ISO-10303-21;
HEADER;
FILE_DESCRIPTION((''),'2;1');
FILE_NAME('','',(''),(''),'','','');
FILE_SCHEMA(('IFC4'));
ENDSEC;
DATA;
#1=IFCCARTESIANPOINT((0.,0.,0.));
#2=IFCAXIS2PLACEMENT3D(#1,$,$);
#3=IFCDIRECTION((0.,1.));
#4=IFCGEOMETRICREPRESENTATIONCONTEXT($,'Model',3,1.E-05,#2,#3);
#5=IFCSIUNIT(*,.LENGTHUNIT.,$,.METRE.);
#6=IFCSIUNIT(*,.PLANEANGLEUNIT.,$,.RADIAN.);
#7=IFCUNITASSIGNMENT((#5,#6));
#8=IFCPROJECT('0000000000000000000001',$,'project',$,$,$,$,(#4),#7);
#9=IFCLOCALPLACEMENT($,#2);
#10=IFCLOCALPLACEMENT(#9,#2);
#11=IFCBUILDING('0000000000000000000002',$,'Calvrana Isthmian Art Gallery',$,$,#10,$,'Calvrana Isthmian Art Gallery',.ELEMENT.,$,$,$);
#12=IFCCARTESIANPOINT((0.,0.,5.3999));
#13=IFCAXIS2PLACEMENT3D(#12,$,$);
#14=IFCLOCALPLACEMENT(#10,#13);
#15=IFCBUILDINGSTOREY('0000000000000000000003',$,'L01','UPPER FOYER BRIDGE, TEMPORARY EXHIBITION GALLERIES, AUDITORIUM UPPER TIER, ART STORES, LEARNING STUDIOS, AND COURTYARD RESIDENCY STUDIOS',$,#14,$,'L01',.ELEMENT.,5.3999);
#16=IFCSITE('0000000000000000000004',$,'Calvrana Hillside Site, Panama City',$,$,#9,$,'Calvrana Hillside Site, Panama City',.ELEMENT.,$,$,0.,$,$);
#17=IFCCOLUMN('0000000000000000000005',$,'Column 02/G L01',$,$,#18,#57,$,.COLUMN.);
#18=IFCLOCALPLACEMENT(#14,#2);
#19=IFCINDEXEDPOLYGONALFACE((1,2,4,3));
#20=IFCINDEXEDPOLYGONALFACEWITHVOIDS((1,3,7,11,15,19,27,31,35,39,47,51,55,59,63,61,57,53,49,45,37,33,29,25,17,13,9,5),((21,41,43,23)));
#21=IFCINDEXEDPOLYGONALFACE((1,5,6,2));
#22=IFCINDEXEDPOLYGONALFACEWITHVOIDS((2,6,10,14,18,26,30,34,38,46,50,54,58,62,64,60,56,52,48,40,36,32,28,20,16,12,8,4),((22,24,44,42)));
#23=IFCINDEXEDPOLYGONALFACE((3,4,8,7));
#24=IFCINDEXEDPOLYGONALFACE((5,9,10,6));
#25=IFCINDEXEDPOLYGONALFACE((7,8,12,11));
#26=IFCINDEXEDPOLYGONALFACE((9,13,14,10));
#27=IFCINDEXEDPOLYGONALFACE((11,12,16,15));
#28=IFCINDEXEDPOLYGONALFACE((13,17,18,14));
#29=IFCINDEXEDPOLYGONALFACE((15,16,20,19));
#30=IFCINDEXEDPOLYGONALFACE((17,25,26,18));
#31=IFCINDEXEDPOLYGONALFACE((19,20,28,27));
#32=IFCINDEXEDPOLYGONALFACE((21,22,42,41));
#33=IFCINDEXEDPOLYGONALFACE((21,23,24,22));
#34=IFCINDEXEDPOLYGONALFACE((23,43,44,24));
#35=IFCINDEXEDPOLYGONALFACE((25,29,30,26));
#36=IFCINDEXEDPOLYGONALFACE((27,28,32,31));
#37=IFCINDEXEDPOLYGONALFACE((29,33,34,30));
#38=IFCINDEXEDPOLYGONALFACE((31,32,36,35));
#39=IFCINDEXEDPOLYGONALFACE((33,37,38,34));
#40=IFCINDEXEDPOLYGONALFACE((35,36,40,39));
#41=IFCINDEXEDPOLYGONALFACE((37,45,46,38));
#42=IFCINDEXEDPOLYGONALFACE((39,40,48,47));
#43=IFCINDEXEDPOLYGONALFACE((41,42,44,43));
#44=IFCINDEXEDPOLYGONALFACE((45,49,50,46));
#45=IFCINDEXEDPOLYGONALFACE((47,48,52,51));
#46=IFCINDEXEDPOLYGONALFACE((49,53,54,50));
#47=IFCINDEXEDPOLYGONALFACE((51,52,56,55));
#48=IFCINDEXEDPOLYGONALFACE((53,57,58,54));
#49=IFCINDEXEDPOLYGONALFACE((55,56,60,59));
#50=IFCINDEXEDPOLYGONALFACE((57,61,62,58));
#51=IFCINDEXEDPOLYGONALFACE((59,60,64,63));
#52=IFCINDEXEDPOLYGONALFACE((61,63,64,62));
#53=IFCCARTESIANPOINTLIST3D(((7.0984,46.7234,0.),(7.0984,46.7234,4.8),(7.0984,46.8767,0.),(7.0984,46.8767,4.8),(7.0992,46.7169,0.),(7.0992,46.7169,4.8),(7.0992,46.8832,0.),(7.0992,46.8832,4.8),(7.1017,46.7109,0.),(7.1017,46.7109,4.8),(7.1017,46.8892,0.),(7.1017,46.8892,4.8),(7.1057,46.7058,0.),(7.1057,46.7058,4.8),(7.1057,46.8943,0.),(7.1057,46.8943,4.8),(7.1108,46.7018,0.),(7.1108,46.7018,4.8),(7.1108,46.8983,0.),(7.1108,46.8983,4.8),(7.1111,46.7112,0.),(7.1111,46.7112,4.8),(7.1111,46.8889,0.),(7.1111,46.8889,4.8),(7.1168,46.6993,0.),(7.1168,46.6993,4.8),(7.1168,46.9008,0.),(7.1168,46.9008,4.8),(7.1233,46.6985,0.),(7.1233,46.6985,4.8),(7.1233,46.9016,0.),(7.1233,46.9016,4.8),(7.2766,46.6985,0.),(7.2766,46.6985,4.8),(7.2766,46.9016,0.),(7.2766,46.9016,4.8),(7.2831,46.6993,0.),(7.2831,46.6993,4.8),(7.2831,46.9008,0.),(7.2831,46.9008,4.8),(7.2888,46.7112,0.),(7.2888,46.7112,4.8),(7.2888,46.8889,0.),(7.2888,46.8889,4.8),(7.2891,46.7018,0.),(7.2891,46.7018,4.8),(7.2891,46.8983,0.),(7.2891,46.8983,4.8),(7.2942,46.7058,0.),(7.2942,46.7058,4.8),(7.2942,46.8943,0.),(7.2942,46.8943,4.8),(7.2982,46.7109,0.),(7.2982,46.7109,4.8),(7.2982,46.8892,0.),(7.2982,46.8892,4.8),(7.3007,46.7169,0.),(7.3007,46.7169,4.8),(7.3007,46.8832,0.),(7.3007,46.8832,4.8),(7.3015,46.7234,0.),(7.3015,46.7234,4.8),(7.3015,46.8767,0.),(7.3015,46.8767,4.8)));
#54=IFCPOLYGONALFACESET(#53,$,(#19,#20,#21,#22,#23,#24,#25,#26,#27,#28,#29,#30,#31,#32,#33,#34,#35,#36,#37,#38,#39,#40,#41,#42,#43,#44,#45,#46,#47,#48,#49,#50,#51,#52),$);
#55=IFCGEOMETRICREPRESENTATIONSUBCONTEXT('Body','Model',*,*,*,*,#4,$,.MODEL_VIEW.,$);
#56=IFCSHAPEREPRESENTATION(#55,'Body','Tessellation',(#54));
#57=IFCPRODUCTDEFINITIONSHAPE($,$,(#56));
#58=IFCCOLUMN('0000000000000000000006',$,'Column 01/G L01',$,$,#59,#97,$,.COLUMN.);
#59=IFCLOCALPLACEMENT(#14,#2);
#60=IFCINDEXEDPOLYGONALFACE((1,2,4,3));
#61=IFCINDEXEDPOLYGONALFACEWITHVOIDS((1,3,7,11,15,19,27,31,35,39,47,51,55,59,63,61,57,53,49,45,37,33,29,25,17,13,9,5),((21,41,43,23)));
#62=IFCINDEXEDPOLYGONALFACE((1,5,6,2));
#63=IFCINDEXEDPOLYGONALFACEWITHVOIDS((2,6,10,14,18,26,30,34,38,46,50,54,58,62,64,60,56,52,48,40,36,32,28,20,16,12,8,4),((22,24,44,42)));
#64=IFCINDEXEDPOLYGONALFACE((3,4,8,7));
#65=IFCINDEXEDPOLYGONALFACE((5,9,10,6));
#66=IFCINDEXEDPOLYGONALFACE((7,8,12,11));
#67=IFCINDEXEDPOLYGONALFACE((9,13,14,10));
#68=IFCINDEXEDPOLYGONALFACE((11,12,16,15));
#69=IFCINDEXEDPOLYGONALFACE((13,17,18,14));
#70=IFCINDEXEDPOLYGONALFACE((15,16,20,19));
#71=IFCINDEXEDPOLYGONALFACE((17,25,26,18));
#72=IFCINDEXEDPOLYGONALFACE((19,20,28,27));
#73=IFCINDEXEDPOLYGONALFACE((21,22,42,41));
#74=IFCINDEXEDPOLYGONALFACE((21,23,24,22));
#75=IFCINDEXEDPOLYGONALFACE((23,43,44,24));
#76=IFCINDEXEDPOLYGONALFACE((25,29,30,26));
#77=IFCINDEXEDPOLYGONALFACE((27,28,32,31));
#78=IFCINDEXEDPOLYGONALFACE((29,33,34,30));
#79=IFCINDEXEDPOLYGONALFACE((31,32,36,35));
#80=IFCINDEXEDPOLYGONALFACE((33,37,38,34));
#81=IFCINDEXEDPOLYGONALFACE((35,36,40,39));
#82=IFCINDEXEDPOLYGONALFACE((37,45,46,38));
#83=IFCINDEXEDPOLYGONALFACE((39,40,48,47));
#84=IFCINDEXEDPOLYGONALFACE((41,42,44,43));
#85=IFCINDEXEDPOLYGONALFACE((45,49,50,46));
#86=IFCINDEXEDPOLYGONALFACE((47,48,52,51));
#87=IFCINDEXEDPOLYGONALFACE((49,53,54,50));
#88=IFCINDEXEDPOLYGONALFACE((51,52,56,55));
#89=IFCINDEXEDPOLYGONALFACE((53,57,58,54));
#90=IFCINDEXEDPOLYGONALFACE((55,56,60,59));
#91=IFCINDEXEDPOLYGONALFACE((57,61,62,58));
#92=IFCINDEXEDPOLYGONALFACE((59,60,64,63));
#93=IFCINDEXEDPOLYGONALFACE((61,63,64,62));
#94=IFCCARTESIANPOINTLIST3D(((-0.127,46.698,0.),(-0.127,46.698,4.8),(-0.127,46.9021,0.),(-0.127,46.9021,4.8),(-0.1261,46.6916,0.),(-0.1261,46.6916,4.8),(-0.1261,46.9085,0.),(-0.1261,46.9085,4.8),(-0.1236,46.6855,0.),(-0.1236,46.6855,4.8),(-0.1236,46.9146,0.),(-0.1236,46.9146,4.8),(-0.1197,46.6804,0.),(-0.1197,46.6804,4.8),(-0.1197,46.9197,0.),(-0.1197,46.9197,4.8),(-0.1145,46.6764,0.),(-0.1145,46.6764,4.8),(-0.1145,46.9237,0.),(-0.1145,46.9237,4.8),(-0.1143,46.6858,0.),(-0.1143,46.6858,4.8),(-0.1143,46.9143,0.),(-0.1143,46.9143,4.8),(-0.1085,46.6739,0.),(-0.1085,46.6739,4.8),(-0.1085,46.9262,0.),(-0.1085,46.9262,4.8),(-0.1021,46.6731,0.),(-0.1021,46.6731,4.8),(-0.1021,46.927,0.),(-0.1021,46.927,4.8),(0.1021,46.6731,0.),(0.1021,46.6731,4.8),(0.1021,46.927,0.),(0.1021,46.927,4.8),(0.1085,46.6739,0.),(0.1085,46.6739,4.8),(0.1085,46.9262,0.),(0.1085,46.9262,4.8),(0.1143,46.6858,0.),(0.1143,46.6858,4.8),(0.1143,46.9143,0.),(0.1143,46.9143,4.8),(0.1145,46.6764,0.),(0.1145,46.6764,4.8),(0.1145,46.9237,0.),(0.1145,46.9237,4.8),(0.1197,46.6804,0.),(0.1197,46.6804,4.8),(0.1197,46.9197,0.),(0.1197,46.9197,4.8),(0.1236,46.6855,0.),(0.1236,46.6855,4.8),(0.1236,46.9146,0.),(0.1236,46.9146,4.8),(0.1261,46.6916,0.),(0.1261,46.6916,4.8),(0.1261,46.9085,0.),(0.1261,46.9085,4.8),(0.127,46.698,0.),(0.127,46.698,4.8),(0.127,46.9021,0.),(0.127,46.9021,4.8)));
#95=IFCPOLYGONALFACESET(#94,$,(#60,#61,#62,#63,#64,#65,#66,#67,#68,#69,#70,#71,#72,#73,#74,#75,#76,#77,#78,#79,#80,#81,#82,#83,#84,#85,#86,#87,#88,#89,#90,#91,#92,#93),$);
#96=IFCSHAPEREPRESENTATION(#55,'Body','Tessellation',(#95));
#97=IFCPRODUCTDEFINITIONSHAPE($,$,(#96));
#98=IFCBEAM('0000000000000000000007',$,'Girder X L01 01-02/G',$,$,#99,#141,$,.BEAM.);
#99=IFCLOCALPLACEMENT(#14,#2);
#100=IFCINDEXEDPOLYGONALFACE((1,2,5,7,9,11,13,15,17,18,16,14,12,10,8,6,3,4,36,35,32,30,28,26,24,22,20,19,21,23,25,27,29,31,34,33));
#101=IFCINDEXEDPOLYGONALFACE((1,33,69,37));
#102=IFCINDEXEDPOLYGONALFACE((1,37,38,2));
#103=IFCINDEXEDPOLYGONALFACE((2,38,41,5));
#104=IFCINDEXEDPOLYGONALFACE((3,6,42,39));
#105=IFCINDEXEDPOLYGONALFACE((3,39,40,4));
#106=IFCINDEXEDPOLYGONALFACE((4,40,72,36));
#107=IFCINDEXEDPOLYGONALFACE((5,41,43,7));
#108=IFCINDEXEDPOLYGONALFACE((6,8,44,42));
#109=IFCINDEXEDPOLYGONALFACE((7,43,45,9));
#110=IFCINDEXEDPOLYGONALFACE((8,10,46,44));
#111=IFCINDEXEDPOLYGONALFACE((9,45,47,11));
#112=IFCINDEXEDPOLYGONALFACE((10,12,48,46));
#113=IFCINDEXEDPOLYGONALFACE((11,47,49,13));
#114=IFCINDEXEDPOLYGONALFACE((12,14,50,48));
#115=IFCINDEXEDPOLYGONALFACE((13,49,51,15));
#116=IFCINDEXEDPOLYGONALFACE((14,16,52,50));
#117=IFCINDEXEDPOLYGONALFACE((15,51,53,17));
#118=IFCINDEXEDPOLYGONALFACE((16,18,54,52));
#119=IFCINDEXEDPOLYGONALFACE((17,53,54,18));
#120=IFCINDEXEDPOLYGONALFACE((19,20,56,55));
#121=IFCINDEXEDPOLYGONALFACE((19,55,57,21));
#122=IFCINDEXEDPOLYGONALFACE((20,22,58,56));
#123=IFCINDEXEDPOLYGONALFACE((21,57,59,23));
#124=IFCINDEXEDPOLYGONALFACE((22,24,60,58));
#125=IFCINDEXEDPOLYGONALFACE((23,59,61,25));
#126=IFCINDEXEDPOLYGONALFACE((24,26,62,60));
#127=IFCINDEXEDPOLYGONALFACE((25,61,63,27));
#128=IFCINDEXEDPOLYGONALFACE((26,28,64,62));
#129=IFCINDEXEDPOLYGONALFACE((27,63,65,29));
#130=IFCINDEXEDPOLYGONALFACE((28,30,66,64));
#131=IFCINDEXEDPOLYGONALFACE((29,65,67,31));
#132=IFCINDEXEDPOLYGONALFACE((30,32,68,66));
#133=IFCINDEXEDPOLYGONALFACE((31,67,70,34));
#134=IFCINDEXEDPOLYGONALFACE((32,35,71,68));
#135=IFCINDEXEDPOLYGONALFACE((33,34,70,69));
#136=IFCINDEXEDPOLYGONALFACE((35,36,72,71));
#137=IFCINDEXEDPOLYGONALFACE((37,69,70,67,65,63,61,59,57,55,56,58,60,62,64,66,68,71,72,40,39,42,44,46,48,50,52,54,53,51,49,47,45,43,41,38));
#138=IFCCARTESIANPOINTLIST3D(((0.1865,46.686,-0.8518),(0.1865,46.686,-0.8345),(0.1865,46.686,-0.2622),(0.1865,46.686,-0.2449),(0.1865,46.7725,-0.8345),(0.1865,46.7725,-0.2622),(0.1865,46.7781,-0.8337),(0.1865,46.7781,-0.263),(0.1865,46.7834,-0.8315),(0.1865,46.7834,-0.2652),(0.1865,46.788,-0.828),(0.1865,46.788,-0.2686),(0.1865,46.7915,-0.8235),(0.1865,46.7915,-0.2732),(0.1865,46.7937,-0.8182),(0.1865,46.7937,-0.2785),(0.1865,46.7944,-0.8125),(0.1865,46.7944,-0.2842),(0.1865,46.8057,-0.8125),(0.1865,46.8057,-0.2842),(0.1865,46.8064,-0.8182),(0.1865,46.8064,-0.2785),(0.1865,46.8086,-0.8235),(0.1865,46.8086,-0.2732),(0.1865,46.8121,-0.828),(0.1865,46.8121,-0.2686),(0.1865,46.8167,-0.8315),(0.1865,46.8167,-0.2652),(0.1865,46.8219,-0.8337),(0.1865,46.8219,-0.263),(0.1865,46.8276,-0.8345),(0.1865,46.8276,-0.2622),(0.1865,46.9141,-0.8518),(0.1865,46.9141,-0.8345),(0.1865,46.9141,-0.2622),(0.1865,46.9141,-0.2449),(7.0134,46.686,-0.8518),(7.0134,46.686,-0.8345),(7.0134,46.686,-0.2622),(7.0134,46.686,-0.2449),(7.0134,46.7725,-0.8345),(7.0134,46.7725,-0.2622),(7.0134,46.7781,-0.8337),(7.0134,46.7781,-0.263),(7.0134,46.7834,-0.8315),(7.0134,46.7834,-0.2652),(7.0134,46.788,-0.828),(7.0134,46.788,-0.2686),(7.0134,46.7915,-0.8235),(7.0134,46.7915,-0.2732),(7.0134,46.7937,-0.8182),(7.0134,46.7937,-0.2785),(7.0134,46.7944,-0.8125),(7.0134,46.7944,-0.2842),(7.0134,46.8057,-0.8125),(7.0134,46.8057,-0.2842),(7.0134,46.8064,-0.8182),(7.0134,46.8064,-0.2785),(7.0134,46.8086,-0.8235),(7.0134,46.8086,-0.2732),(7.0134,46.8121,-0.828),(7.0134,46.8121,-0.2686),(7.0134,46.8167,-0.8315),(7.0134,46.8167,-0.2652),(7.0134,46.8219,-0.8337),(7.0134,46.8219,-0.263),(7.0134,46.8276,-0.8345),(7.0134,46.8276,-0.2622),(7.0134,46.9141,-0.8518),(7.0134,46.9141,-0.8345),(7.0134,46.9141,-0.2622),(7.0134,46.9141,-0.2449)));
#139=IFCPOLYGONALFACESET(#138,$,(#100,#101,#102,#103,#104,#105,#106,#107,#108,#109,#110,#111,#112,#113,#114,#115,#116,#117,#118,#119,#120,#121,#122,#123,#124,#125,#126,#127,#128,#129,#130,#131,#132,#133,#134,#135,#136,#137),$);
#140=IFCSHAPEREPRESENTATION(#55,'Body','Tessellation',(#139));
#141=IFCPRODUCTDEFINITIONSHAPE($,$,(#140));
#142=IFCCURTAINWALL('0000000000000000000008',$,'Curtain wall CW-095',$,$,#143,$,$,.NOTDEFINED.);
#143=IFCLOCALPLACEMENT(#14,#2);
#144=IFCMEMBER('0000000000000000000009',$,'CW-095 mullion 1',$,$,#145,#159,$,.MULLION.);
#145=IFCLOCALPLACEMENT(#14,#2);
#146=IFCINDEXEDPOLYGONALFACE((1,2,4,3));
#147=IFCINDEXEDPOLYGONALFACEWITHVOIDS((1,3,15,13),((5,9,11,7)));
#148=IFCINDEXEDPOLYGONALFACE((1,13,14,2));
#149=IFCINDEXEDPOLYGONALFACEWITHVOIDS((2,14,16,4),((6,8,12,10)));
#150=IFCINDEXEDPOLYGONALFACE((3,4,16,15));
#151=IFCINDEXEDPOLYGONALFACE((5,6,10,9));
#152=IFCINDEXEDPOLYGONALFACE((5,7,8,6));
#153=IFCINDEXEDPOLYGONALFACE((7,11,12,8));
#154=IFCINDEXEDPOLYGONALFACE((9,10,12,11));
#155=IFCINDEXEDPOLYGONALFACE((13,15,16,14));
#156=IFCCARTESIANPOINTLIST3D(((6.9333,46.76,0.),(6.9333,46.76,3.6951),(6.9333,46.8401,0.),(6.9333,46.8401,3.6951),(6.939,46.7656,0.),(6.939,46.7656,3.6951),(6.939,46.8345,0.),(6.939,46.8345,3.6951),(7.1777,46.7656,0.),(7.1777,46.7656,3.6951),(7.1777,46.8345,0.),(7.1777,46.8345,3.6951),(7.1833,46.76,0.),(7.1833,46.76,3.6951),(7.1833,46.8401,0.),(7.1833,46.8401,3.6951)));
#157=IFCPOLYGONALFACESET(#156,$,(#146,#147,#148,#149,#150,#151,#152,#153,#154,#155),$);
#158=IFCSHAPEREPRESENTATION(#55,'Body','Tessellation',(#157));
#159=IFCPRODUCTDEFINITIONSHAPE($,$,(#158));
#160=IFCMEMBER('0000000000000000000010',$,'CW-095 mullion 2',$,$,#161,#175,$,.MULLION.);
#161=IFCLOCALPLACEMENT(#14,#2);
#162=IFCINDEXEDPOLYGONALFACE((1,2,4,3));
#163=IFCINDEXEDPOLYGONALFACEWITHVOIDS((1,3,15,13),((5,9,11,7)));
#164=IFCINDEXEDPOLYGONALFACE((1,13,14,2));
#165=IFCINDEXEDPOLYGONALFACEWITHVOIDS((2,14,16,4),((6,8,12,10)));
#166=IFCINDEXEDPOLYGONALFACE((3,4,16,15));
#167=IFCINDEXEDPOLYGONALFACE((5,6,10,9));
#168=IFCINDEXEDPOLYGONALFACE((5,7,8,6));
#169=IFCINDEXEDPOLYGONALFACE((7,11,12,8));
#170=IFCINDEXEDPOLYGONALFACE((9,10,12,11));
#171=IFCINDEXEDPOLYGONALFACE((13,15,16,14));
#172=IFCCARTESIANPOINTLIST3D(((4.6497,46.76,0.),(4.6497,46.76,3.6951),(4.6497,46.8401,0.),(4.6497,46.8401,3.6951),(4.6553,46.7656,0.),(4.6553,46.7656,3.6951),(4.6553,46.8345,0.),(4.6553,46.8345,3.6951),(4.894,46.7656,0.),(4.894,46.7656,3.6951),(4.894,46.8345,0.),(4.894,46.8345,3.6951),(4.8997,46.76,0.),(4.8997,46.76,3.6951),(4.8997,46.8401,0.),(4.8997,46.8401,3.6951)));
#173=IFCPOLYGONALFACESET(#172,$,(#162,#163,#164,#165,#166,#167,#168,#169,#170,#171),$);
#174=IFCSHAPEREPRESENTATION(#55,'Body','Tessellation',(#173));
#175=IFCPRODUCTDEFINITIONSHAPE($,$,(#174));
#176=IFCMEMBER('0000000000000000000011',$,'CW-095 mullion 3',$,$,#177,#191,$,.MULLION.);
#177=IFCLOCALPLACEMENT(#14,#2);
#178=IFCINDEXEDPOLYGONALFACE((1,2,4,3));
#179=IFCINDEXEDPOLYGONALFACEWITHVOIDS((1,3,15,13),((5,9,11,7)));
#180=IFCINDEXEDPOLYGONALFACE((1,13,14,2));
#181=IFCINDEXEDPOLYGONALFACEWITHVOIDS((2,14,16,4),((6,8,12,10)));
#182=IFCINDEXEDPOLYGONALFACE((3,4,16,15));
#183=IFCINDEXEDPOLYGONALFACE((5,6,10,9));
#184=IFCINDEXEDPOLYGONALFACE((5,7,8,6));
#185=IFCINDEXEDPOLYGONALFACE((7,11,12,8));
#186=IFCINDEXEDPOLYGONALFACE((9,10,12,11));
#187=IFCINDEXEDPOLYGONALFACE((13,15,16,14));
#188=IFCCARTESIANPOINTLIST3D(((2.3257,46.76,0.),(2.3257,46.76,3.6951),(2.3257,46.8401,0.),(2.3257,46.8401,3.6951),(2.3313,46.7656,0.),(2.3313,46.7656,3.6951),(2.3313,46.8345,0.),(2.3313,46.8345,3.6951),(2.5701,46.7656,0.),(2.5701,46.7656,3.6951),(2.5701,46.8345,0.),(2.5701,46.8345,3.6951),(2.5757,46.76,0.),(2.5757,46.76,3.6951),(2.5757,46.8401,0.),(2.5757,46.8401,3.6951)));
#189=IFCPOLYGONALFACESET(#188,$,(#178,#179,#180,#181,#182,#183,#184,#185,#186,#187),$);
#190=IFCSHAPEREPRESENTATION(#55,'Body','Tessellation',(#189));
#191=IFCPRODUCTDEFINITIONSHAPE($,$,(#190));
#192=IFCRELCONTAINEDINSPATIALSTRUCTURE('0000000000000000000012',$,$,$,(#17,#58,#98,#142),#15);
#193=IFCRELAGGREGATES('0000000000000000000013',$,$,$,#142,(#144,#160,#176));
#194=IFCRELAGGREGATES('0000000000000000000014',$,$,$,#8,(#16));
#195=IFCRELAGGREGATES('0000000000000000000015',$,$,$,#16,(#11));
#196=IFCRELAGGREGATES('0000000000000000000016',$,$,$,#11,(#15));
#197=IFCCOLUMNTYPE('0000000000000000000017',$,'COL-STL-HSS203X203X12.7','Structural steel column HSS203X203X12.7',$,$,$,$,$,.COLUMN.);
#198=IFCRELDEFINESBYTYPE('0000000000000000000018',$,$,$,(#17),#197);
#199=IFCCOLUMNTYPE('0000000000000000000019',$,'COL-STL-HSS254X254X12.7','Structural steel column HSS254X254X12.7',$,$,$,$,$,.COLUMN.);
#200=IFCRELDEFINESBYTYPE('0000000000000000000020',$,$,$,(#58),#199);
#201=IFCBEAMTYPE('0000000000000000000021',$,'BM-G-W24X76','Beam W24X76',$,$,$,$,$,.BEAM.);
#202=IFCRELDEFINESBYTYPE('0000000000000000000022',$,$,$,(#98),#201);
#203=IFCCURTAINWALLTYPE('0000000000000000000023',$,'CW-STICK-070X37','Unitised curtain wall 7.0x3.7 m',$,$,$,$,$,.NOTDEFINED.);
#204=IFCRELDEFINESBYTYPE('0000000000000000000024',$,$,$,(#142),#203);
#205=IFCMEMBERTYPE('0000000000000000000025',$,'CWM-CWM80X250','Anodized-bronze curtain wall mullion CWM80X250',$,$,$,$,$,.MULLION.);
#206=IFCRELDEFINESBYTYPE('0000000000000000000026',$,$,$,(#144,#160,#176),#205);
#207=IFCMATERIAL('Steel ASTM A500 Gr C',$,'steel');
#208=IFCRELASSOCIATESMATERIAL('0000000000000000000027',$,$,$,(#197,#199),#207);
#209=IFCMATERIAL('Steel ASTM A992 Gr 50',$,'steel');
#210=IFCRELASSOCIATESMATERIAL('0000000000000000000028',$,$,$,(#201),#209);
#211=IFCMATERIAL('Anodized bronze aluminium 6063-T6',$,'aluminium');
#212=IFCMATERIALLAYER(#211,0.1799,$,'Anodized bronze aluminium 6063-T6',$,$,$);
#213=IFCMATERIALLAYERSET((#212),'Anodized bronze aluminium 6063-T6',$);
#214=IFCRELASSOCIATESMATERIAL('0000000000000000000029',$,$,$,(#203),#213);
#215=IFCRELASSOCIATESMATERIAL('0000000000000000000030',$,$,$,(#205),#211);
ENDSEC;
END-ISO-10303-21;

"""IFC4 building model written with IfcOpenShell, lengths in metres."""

from ifc_helpers import new_model, si_unit, direction, frame, origin, origin_2d, place, context, subcontext, project, spatial, hollow_rectangle, i_section, extrude, material, layer, layer_set, material_profile, profile_set, type_object, element, aggregate, save


model = new_model("IFC4")

# Units and contexts
model_context = context("Model", 3, precision=1e-05, world=origin(), true_north=direction((0.0, 1.0)))
body_context = subcontext(model_context, "Body", "Model", "MODEL_VIEW")
ifc_project = project(units=[si_unit("LENGTHUNIT", "METRE"), si_unit("PLANEANGLEUNIT", "RADIAN")], contexts=[model_context])

# Site, building, storey
site_placement = place(None, origin())
site = spatial("IfcSite", under=ifc_project, at=site_placement, Name="Calvrana Hillside Site, Panama City", LongName="Calvrana Hillside Site, Panama City", CompositionType="ELEMENT", RefElevation=0.0)
building_placement = place(site_placement, origin())
building = spatial("IfcBuilding", under=site, at=building_placement, Name="Calvrana Isthmian Art Gallery", LongName="Calvrana Isthmian Art Gallery", CompositionType="ELEMENT")
storey_placement = place(building_placement, frame((0.0, 0.0, 5.3999)))
storey = spatial("IfcBuildingStorey", under=building, at=storey_placement, Name="L01", Description="UPPER FOYER BRIDGE, TEMPORARY EXHIBITION GALLERIES, AUDITORIUM UPPER TIER, ART STORES, LEARNING STUDIOS, AND COURTYARD RESIDENCY STUDIOS", LongName="L01", CompositionType="ELEMENT", Elevation=5.3999)

# Columns
ifc_material_1 = material(Name="Steel ASTM A500 Gr C", Category="steel")
ifc_material_profile_1 = material_profile(ifc_material_1, hollow_rectangle(XDim=0.2031, YDim=0.2031, WallThickness=0.0127, OuterFilletRadius=0.0249, at=origin_2d()), Name="HSS203X203X12.7")
ifc_profile_set_1 = profile_set([ifc_material_profile_1], Name="Steel ASTM A500 Gr C")
column_type_1 = type_object("IfcColumnType", Name="COL-STL-HSS203X203X12.7", Description="Structural steel column HSS203X203X12.7", PredefinedType="COLUMN", material=ifc_profile_set_1)
column_1_placement = place(storey_placement, frame((7.2, 46.8, 0.0), z_axis=(0.0, 0.0, 1.0), x_axis=(1.0, 0.0, 0.0)))
element("IfcColumn", 1, at=column_1_placement, inside=storey, type_object=column_type_1, Name="Column 02/G L01", PredefinedType="COLUMN", context=body_context, shape_type="SweptSolid", body=[
    extrude(hollow_rectangle(XDim=0.2031, YDim=0.2031, WallThickness=0.0127, OuterFilletRadius=0.0249, at=origin_2d()), origin(), (0.0, 0.0, 1.0), 4.8),
])
ifc_material_profile_2 = material_profile(ifc_material_1, hollow_rectangle(XDim=0.2539, YDim=0.2539, WallThickness=0.0127, OuterFilletRadius=0.0249, at=origin_2d()), Name="HSS254X254X12.7")
ifc_profile_set_2 = profile_set([ifc_material_profile_2], Name="Steel ASTM A500 Gr C")
column_type_2 = type_object("IfcColumnType", Name="COL-STL-HSS254X254X12.7", Description="Structural steel column HSS254X254X12.7", PredefinedType="COLUMN", material=ifc_profile_set_2)
column_2_placement = place(storey_placement, frame((0.0, 46.8, 0.0), z_axis=(0.0, 0.0, 1.0), x_axis=(1.0, 0.0, 0.0)))
element("IfcColumn", 2, at=column_2_placement, inside=storey, type_object=column_type_2, Name="Column 01/G L01", PredefinedType="COLUMN", context=body_context, shape_type="SweptSolid", body=[
    extrude(hollow_rectangle(XDim=0.2539, YDim=0.2539, WallThickness=0.0127, OuterFilletRadius=0.0249, at=origin_2d()), origin(), (0.0, 0.0, 1.0), 4.8),
])

# Beam
ifc_material_2 = material(Name="Steel ASTM A992 Gr 50", Category="steel")
ifc_material_profile_3 = material_profile(ifc_material_2, i_section(OverallWidth=0.228, OverallDepth=0.6069, WebThickness=0.0112, FlangeThickness=0.0173, FilletRadius=0.022, at=origin_2d()), Name="W24X76")
ifc_profile_set_3 = profile_set([ifc_material_profile_3], Name="Steel ASTM A992 Gr 50")
beam_type = type_object("IfcBeamType", Name="BM-G-W24X76", Description="Beam W24X76", PredefinedType="BEAM", material=ifc_profile_set_3)
beam_placement = place(storey_placement, frame((0.1865, 46.8, -0.5483), z_axis=(1.0, 0.0, 0.0), x_axis=(0.0, 1.0, 0.0)))
element("IfcBeam", 3, at=beam_placement, inside=storey, type_object=beam_type, Name="Girder X L01 01-02/G", PredefinedType="BEAM", context=body_context, shape_type="SweptSolid", body=[
    extrude(i_section(OverallWidth=0.228, OverallDepth=0.6069, WebThickness=0.0112, FlangeThickness=0.0173, FilletRadius=0.022, at=origin_2d()), origin(), (0.0, 0.0, 1.0), 6.8269),
])

# Curtain wall, members
ifc_material_3 = material(Name="Anodized bronze aluminium 6063-T6", Category="aluminium")
ifc_layer_1 = layer(ifc_material_3, 0.1799, Name="Anodized bronze aluminium 6063-T6")
ifc_layer_set_1 = layer_set([ifc_layer_1], Name="Anodized bronze aluminium 6063-T6")
curtain_wall_type = type_object("IfcCurtainWallType", Name="CW-STICK-070X37", Description="Unitised curtain wall 7.0x3.7 m", PredefinedType="NOTDEFINED", material=ifc_layer_set_1)
curtain_wall_placement = place(storey_placement, origin())
curtain_wall = element("IfcCurtainWall", 4, at=curtain_wall_placement, inside=storey, type_object=curtain_wall_type, Name="Curtain wall CW-095", PredefinedType="NOTDEFINED")
ifc_material_profile_4 = material_profile(ifc_material_3, hollow_rectangle(XDim=0.0801, YDim=0.25, WallThickness=0.0056, at=origin_2d()), Name="CWM80X250")
ifc_profile_set_4 = profile_set([ifc_material_profile_4], Name="Anodized bronze aluminium 6063-T6")
member_type_1 = type_object("IfcMemberType", Name="CWM-CWM80X250", Description="Anodized-bronze curtain wall mullion CWM80X250", PredefinedType="MULLION", material=ifc_profile_set_4)
member_1_placement = place(storey_placement, frame((7.0583, 46.8, 0.0), z_axis=(0.0, 0.0, 1.0), x_axis=(0.0, -1.0, 0.0)))
member_1 = element("IfcMember", 5, at=member_1_placement, type_object=member_type_1, Name="CW-095 mullion 1", PredefinedType="MULLION", context=body_context, shape_type="SweptSolid", body=[
    extrude(hollow_rectangle(XDim=0.0801, YDim=0.25, WallThickness=0.0056, at=origin_2d()), origin(), (0.0, 0.0, 1.0), 3.6951),
])
member_2_placement = place(storey_placement, frame((4.7747, 46.8, 0.0), z_axis=(0.0, 0.0, 1.0), x_axis=(0.0, -1.0, 0.0)))
member_2 = element("IfcMember", 6, at=member_2_placement, type_object=member_type_1, Name="CW-095 mullion 2", PredefinedType="MULLION", context=body_context, shape_type="SweptSolid", body=[
    extrude(hollow_rectangle(XDim=0.0801, YDim=0.25, WallThickness=0.0056, at=origin_2d()), origin(), (0.0, 0.0, 1.0), 3.6951),
])
member_3_placement = place(storey_placement, frame((2.4507, 46.8, 0.0), z_axis=(0.0, 0.0, 1.0), x_axis=(0.0, -1.0, 0.0)))
member_3 = element("IfcMember", 7, at=member_3_placement, type_object=member_type_1, Name="CW-095 mullion 3", PredefinedType="MULLION", context=body_context, shape_type="SweptSolid", body=[
    extrude(hollow_rectangle(XDim=0.0801, YDim=0.25, WallThickness=0.0056, at=origin_2d()), origin(), (0.0, 0.0, 1.0), 3.6951),
])
aggregate(curtain_wall, [member_1, member_2, member_3])

save(model, "model.ifc")
